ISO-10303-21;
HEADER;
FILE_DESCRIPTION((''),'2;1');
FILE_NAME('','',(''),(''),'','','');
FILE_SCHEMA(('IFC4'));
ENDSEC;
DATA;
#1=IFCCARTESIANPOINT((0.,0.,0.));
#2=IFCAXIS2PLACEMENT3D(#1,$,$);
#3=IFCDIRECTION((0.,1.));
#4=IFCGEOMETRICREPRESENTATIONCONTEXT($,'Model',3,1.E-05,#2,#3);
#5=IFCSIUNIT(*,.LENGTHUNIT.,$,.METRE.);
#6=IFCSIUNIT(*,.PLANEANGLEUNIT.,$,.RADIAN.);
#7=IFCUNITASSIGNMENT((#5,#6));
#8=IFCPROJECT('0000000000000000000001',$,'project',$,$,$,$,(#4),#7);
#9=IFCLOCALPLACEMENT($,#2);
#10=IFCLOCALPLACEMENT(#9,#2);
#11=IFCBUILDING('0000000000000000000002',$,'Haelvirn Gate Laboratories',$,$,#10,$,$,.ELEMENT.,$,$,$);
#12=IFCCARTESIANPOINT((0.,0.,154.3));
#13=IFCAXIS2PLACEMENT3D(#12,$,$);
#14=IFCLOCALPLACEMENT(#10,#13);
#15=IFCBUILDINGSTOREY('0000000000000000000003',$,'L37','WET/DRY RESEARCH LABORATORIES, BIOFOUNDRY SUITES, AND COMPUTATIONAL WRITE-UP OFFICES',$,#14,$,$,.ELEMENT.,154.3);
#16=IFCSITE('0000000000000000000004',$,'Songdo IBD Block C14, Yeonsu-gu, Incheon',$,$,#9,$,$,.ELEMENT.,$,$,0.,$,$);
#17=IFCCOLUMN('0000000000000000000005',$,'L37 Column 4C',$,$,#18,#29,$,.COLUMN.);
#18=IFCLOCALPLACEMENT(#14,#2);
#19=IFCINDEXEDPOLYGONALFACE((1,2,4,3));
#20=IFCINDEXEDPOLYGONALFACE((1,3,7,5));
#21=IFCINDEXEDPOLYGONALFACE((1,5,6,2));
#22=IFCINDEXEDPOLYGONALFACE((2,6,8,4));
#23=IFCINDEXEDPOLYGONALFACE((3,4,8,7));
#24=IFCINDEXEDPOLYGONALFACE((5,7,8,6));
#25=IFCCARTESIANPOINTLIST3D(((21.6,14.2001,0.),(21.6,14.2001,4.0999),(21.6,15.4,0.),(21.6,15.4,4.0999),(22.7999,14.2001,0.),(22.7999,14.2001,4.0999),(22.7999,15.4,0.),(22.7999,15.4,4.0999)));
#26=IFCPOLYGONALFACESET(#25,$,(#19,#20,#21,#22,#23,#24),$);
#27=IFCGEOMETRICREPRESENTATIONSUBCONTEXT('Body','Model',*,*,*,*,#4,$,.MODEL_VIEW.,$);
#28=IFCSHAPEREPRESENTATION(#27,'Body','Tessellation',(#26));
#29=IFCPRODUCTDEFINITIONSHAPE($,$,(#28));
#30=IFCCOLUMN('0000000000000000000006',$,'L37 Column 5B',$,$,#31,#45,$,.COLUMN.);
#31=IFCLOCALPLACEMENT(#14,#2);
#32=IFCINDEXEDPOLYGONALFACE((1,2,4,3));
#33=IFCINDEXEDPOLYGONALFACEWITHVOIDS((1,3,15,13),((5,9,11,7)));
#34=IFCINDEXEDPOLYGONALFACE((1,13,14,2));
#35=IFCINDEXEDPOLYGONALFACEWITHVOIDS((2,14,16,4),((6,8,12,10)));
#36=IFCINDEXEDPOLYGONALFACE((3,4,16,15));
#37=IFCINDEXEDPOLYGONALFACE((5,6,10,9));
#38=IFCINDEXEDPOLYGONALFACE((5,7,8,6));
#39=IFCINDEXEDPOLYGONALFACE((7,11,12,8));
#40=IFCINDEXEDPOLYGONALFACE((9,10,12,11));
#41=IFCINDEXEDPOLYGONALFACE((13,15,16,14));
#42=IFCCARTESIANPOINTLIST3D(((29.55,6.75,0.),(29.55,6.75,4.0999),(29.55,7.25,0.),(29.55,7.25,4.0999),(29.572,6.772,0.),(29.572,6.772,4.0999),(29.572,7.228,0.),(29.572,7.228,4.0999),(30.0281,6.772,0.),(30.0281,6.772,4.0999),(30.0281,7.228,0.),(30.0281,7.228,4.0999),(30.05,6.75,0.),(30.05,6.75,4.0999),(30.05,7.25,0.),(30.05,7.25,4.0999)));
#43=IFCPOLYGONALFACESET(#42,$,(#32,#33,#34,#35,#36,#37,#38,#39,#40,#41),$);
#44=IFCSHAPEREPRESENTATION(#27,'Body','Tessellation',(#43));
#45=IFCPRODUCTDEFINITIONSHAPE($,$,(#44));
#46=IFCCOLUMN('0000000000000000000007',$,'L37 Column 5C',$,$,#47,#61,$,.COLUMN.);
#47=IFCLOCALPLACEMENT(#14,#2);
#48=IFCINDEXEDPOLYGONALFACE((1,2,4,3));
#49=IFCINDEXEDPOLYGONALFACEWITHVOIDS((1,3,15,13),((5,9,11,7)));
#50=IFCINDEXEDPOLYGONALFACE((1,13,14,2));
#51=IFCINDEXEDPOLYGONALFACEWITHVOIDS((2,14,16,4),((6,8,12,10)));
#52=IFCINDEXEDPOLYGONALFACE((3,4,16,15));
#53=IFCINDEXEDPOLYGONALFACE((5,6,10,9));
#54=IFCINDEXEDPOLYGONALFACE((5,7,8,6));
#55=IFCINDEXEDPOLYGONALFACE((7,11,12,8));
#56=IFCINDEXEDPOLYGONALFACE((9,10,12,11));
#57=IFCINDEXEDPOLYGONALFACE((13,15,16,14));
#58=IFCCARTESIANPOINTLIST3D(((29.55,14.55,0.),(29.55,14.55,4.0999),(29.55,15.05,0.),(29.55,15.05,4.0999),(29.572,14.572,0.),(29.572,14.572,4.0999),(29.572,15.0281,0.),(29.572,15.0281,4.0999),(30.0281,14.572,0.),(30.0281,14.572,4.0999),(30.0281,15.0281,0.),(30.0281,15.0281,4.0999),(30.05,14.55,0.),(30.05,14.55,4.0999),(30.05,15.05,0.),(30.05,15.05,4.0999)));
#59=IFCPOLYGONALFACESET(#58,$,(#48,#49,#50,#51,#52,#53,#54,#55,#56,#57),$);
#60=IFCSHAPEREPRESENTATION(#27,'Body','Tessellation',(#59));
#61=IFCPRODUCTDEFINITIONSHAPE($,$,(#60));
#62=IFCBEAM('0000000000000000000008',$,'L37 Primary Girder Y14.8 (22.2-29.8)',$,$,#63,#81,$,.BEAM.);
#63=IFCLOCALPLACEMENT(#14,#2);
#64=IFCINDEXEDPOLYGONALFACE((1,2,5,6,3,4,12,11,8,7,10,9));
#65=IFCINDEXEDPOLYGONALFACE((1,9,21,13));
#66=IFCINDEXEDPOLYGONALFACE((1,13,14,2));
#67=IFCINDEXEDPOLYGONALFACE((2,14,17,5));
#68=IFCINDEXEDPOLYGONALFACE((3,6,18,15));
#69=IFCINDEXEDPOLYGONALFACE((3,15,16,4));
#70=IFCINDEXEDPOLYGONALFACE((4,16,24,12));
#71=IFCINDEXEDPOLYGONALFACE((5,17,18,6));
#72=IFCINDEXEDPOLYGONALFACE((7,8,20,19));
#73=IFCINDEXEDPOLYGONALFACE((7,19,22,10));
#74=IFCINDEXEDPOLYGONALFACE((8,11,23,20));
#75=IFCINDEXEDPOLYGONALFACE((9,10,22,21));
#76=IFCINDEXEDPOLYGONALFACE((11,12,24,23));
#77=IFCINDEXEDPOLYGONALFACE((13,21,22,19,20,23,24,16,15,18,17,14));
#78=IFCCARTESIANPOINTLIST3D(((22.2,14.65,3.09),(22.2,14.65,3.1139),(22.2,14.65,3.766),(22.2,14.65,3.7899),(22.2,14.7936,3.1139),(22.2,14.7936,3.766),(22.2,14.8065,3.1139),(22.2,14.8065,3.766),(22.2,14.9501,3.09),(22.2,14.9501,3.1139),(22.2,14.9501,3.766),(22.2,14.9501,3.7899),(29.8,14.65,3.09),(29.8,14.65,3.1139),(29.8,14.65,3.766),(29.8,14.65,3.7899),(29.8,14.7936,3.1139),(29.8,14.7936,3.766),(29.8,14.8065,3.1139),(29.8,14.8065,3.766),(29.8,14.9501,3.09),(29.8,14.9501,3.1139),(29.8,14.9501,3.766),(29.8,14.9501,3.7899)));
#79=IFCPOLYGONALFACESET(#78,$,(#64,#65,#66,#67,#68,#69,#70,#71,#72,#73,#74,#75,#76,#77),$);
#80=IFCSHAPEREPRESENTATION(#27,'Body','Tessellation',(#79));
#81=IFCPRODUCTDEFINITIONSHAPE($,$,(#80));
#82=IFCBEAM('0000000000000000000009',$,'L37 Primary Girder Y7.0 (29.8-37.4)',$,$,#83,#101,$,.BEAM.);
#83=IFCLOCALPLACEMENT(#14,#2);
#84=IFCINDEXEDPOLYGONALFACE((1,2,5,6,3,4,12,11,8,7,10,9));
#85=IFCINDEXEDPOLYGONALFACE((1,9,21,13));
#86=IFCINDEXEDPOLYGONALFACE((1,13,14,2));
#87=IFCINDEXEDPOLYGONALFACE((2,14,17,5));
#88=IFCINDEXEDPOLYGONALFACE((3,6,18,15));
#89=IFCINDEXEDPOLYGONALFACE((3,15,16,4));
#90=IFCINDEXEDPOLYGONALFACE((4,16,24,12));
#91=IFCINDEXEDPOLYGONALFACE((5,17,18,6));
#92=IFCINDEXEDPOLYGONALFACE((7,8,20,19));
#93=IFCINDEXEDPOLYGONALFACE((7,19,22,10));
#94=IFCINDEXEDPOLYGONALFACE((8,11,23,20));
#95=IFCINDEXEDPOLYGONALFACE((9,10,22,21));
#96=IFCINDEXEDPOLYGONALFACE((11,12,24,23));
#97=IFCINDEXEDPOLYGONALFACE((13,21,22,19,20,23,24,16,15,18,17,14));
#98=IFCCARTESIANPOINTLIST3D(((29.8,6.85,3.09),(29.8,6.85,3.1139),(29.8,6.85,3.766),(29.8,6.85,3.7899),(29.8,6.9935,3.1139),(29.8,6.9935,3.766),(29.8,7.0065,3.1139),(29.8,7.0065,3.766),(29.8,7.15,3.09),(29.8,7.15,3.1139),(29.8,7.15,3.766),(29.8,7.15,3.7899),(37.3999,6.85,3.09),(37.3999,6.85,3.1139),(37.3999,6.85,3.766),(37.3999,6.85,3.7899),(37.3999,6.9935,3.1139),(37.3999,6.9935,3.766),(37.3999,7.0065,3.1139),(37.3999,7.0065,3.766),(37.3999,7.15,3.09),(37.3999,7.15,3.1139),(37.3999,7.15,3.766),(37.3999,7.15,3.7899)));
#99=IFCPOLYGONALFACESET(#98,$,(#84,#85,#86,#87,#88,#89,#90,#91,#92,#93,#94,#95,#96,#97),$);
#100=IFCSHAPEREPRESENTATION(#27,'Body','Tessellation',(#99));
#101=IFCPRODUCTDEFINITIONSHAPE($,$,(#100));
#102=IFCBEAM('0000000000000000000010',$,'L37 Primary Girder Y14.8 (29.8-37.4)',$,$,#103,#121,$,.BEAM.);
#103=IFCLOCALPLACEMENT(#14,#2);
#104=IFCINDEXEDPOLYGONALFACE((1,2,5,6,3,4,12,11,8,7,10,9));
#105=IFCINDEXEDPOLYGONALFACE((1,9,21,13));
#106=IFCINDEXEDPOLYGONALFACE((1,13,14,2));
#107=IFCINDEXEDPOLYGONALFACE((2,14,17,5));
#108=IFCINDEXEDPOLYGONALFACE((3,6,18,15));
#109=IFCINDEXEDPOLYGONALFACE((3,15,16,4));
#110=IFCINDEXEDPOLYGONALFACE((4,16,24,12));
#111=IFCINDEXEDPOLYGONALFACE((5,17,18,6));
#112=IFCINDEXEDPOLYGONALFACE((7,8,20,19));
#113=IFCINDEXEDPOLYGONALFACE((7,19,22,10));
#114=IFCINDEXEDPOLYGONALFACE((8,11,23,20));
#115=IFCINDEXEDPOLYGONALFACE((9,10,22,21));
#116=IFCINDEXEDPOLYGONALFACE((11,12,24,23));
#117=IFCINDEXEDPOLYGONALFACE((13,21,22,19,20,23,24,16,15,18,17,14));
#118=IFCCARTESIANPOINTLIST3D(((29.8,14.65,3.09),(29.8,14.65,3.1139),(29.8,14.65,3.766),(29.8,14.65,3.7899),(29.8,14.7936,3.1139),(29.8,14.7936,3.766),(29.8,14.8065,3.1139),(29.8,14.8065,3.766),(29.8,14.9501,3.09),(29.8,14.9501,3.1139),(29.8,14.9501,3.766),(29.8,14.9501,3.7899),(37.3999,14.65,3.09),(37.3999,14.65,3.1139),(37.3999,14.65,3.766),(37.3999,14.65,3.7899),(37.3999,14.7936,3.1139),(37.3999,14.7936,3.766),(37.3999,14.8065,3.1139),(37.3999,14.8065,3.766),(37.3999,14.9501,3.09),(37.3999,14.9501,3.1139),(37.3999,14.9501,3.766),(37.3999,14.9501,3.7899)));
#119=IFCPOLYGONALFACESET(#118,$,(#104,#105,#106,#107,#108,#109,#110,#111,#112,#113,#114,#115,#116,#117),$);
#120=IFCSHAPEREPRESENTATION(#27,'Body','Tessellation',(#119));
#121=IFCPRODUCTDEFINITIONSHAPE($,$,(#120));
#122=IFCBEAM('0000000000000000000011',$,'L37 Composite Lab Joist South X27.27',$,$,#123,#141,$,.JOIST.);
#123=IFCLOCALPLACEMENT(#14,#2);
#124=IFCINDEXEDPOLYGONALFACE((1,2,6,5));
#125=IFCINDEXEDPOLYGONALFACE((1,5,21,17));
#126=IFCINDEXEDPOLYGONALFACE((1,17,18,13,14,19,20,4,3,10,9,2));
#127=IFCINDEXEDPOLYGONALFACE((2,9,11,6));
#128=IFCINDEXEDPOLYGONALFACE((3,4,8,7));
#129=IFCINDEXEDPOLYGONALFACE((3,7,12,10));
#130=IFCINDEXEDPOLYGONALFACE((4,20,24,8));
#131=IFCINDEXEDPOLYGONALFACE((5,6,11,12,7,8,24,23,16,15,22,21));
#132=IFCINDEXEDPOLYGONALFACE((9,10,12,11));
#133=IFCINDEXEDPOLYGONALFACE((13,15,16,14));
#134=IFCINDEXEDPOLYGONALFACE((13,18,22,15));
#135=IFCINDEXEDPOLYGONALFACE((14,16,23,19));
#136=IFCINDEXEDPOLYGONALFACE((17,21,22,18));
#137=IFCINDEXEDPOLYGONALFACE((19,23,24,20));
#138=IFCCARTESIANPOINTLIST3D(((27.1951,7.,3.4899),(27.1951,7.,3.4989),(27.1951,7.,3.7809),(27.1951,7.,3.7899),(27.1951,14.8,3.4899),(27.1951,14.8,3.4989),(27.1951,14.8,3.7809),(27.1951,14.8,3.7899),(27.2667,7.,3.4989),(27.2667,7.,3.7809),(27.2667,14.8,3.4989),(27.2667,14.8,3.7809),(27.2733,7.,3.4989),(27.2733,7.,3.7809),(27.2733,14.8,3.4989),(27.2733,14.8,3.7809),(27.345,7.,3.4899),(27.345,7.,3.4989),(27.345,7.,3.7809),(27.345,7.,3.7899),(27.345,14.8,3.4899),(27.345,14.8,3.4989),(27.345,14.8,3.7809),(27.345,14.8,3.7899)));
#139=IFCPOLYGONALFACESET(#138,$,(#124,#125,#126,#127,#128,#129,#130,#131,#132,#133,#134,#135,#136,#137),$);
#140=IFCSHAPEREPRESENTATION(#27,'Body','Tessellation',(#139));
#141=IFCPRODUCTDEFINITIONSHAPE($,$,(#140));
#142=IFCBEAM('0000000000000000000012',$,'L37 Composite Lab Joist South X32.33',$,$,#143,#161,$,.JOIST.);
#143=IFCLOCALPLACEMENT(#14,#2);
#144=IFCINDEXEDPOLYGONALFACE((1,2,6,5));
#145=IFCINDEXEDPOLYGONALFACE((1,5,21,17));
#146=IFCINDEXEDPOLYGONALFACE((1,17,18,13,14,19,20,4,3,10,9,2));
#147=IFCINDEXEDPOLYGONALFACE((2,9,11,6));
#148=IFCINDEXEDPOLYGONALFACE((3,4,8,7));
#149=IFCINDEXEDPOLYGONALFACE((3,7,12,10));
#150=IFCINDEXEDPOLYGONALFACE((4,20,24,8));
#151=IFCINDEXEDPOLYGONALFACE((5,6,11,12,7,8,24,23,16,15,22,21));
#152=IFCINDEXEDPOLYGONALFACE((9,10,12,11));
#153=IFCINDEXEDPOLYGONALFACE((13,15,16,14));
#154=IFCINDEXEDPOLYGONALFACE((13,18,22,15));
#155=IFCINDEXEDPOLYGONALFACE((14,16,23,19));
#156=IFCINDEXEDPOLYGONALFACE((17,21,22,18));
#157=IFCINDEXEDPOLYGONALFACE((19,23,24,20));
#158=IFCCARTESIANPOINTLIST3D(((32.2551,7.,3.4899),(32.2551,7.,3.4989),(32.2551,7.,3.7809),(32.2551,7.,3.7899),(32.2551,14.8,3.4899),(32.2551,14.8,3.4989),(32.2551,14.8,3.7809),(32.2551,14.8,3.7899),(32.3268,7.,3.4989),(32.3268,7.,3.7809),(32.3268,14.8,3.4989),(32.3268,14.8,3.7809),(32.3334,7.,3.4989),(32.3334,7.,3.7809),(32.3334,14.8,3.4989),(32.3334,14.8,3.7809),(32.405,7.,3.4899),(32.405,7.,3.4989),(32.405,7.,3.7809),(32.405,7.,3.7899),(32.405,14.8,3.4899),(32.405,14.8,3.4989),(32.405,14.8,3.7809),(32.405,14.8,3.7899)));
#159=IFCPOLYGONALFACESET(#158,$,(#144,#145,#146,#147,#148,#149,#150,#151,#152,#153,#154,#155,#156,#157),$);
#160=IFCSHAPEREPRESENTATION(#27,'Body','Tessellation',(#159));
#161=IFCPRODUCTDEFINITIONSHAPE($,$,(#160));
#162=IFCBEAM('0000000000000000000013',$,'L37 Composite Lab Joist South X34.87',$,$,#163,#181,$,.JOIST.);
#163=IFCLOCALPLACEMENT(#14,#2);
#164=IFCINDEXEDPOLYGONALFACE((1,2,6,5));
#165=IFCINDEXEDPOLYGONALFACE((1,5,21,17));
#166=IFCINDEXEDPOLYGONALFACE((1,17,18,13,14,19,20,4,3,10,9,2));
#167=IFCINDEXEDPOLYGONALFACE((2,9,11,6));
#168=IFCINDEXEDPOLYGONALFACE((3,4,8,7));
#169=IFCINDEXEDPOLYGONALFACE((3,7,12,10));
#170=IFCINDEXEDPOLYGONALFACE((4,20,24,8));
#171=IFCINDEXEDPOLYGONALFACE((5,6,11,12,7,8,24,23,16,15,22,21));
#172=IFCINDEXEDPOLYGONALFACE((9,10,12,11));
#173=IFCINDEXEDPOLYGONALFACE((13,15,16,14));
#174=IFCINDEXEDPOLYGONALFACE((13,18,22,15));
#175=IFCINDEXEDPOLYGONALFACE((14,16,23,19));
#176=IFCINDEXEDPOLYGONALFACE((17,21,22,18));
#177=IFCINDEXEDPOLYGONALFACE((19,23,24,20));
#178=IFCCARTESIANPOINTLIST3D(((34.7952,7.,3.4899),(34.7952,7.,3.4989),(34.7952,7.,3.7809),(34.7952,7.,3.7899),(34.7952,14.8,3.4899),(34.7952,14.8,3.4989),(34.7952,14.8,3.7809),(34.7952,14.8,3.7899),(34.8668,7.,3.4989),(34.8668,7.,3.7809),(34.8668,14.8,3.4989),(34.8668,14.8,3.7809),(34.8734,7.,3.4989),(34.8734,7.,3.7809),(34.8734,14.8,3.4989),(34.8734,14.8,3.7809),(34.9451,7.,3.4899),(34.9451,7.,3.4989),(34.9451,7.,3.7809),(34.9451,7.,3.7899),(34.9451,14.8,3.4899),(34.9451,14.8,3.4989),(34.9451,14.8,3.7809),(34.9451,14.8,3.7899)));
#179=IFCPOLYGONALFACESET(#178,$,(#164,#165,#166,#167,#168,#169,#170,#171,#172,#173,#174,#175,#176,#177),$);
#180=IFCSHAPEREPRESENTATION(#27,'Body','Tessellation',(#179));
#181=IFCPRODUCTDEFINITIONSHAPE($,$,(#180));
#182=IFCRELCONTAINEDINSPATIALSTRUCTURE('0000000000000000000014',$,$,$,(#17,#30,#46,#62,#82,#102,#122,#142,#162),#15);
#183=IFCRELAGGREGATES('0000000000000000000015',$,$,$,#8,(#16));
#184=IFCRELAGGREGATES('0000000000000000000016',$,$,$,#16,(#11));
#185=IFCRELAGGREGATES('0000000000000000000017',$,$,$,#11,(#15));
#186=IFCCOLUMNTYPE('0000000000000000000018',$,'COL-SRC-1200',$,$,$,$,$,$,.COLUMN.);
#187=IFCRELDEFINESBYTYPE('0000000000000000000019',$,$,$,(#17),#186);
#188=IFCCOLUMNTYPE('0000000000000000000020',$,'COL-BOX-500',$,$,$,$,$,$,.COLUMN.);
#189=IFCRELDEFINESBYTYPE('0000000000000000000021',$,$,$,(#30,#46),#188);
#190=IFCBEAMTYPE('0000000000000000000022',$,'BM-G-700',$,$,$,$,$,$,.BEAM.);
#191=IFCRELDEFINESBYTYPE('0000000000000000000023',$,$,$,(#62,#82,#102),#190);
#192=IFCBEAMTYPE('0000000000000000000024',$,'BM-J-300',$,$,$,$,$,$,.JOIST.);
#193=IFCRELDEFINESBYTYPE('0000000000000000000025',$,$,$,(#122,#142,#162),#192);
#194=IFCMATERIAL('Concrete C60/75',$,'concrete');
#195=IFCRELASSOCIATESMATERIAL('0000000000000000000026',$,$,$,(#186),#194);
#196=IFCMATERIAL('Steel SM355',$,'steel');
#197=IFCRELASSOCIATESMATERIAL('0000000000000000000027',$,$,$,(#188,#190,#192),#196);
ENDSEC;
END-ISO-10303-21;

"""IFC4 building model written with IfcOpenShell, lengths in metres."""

from ifc_helpers import new_model, si_unit, direction, frame, origin, origin_2d, place, context, subcontext, project, spatial, rectangle, hollow_rectangle, i_section, extrude, source, transform, mapped, material, material_profile, profile_set, type_object, type_shapes, element, save


model = new_model("IFC4")

# Units and contexts
model_context = context("Model", 3, precision=1e-05, world=origin(), true_north=direction((0.0, 1.0)))
body_context = subcontext(model_context, "Body", "Model", "MODEL_VIEW")
ifc_project = project(units=[si_unit("LENGTHUNIT", "METRE"), si_unit("PLANEANGLEUNIT", "RADIAN")], contexts=[model_context])

# Site, building, storey
site_placement = place(None, origin())
site = spatial("IfcSite", under=ifc_project, at=site_placement, Name="Songdo IBD Block C14, Yeonsu-gu, Incheon", CompositionType="ELEMENT", RefElevation=0.0)
building_placement = place(site_placement, origin())
building = spatial("IfcBuilding", under=site, at=building_placement, Name="Haelvirn Gate Laboratories", CompositionType="ELEMENT")
storey_placement = place(building_placement, frame((0.0, 0.0, 154.3)))
storey = spatial("IfcBuildingStorey", under=building, at=storey_placement, Name="L37", Description="WET/DRY RESEARCH LABORATORIES, BIOFOUNDRY SUITES, AND COMPUTATIONAL WRITE-UP OFFICES", CompositionType="ELEMENT", Elevation=154.3)

# Columns
ifc_material_1 = material(Name="Concrete C60/75", Category="concrete")
ifc_material_profile_1 = material_profile(ifc_material_1, rectangle(XDim=1.2, YDim=1.2, at=origin_2d()), Name="SRC-1200x1200")
ifc_profile_set_1 = profile_set([ifc_material_profile_1], Name="Concrete C60/75")
column_type_1 = type_object("IfcColumnType", Name="COL-SRC-1200", PredefinedType="COLUMN", material=ifc_profile_set_1)
shared_shape_1 = source(origin(), body_context, "Body", "SweptSolid", [
    extrude(rectangle(XDim=1.2, YDim=1.2, at=origin_2d()), origin(), (0.0, 0.0, 1.0), 4.0999),
])
type_shapes(column_type_1, [shared_shape_1])
column_placement = place(storey_placement, frame((22.2, 14.8, 0.0), z_axis=(0.0, 0.0, 1.0), x_axis=(1.0, 0.0, 0.0)))
element("IfcColumn", 1, at=column_placement, inside=storey, type_object=column_type_1, Name="L37 Column 4C", PredefinedType="COLUMN", context=body_context, shape_type="MappedRepresentation", body=[
    mapped(shared_shape_1, transform((0.0, 0.0, 0.0), scale=1.0)),
])
ifc_material_2 = material(Name="Steel SM355", Category="steel")
ifc_material_profile_2 = material_profile(ifc_material_2, hollow_rectangle(XDim=0.5, YDim=0.5, WallThickness=0.022, at=origin_2d()), Name="BOX-500x500x22")
ifc_profile_set_2 = profile_set([ifc_material_profile_2], Name="Steel SM355")
column_type_2 = type_object("IfcColumnType", Name="COL-BOX-500", PredefinedType="COLUMN", material=ifc_profile_set_2)
shared_shape_2 = source(origin(), body_context, "Body", "SweptSolid", [
    extrude(hollow_rectangle(XDim=0.5, YDim=0.5, WallThickness=0.022, at=origin_2d()), origin(), (0.0, 0.0, 1.0), 4.0999),
])
type_shapes(column_type_2, [shared_shape_2])
for number, where, z_axis, x_axis, name in (
    (2, (29.8, 7.0, 0.0), (0.0, 0.0, 1.0), (1.0, 0.0, 0.0), "L37 Column 5B"),
    (3, (29.8, 14.8, 0.0), (0.0, 0.0, 1.0), (1.0, 0.0, 0.0), "L37 Column 5C"),
):
    element("IfcColumn", number, at=place(storey_placement, frame(where, z_axis=z_axis, x_axis=x_axis)), inside=storey, type_object=column_type_2, Name=name, PredefinedType="COLUMN", context=body_context, shape_type="MappedRepresentation", body=[
        mapped(shared_shape_2, transform((0.0, 0.0, 0.0), scale=1.0)),
    ])

# Beams
ifc_material_profile_3 = material_profile(ifc_material_2, i_section(OverallWidth=0.3, OverallDepth=0.7, WebThickness=0.0129, FlangeThickness=0.0239, at=origin_2d()), Name="H-700x300x13x24")
ifc_profile_set_3 = profile_set([ifc_material_profile_3], Name="Steel SM355")
beam_type_1 = type_object("IfcBeamType", Name="BM-G-700", PredefinedType="BEAM", material=ifc_profile_set_3)
shared_shape_3 = source(origin(), body_context, "Body", "SweptSolid", [
    extrude(i_section(OverallWidth=0.3, OverallDepth=0.7, WebThickness=0.0129, FlangeThickness=0.0239, at=origin_2d()), origin(), (0.0, 0.0, 1.0), 7.6001),
])
beam_1_placement = place(storey_placement, frame((22.2, 14.8, 3.4399), z_axis=(1.0, 0.0, 0.0), x_axis=(0.0, 1.0, 0.0)))
element("IfcBeam", 4, at=beam_1_placement, inside=storey, type_object=beam_type_1, Name="L37 Primary Girder Y14.8 (22.2-29.8)", PredefinedType="BEAM", context=body_context, shape_type="MappedRepresentation", body=[
    mapped(shared_shape_3, transform((0.0, 0.0, 0.0), scale=1.0)),
])
shared_shape_4 = source(origin(), body_context, "Body", "SweptSolid", [
    extrude(i_section(OverallWidth=0.3, OverallDepth=0.7, WebThickness=0.0129, FlangeThickness=0.0239, at=origin_2d()), origin(), (0.0, 0.0, 1.0), 7.5999),
])
type_shapes(beam_type_1, [shared_shape_3, shared_shape_4])
for number, where, z_axis, x_axis, name in (
    (5, (29.8, 7.0, 3.4399), (1.0, 0.0, 0.0), (0.0, 1.0, 0.0), "L37 Primary Girder Y7.0 (29.8-37.4)"),
    (6, (29.8, 14.8, 3.4399), (1.0, 0.0, 0.0), (0.0, 1.0, 0.0), "L37 Primary Girder Y14.8 (29.8-37.4)"),
):
    element("IfcBeam", number, at=place(storey_placement, frame(where, z_axis=z_axis, x_axis=x_axis)), inside=storey, type_object=beam_type_1, Name=name, PredefinedType="BEAM", context=body_context, shape_type="MappedRepresentation", body=[
        mapped(shared_shape_4, transform((0.0, 0.0, 0.0), scale=1.0)),
    ])
ifc_material_profile_4 = material_profile(ifc_material_2, i_section(OverallWidth=0.1499, OverallDepth=0.3, WebThickness=0.0066, FlangeThickness=0.009, at=origin_2d()), Name="H-300x150x6.5x9")
ifc_profile_set_4 = profile_set([ifc_material_profile_4], Name="Steel SM355")
beam_type_2 = type_object("IfcBeamType", Name="BM-J-300", PredefinedType="JOIST", material=ifc_profile_set_4)
shared_shape_5 = source(origin(), body_context, "Body", "SweptSolid", [
    extrude(i_section(OverallWidth=0.1499, OverallDepth=0.3, WebThickness=0.0066, FlangeThickness=0.009, at=origin_2d()), origin(), (0.0, 0.0, 1.0), 7.8),
])
type_shapes(beam_type_2, [shared_shape_5])
for number, where, z_axis, x_axis, name in (
    (7, (27.27, 7.0, 3.6399), (0.0, 1.0, 0.0), (-1.0, 0.0, 0.0), "L37 Composite Lab Joist South X27.27"),
    (8, (32.3301, 7.0, 3.6399), (0.0, 1.0, 0.0), (-1.0, 0.0, 0.0), "L37 Composite Lab Joist South X32.33"),
    (9, (34.8701, 7.0, 3.6399), (0.0, 1.0, 0.0), (-1.0, 0.0, 0.0), "L37 Composite Lab Joist South X34.87"),
):
    element("IfcBeam", number, at=place(storey_placement, frame(where, z_axis=z_axis, x_axis=x_axis)), inside=storey, type_object=beam_type_2, Name=name, PredefinedType="JOIST", context=body_context, shape_type="MappedRepresentation", body=[
        mapped(shared_shape_5, transform((0.0, 0.0, 0.0), scale=1.0)),
    ])

save(model, "model.ifc")
